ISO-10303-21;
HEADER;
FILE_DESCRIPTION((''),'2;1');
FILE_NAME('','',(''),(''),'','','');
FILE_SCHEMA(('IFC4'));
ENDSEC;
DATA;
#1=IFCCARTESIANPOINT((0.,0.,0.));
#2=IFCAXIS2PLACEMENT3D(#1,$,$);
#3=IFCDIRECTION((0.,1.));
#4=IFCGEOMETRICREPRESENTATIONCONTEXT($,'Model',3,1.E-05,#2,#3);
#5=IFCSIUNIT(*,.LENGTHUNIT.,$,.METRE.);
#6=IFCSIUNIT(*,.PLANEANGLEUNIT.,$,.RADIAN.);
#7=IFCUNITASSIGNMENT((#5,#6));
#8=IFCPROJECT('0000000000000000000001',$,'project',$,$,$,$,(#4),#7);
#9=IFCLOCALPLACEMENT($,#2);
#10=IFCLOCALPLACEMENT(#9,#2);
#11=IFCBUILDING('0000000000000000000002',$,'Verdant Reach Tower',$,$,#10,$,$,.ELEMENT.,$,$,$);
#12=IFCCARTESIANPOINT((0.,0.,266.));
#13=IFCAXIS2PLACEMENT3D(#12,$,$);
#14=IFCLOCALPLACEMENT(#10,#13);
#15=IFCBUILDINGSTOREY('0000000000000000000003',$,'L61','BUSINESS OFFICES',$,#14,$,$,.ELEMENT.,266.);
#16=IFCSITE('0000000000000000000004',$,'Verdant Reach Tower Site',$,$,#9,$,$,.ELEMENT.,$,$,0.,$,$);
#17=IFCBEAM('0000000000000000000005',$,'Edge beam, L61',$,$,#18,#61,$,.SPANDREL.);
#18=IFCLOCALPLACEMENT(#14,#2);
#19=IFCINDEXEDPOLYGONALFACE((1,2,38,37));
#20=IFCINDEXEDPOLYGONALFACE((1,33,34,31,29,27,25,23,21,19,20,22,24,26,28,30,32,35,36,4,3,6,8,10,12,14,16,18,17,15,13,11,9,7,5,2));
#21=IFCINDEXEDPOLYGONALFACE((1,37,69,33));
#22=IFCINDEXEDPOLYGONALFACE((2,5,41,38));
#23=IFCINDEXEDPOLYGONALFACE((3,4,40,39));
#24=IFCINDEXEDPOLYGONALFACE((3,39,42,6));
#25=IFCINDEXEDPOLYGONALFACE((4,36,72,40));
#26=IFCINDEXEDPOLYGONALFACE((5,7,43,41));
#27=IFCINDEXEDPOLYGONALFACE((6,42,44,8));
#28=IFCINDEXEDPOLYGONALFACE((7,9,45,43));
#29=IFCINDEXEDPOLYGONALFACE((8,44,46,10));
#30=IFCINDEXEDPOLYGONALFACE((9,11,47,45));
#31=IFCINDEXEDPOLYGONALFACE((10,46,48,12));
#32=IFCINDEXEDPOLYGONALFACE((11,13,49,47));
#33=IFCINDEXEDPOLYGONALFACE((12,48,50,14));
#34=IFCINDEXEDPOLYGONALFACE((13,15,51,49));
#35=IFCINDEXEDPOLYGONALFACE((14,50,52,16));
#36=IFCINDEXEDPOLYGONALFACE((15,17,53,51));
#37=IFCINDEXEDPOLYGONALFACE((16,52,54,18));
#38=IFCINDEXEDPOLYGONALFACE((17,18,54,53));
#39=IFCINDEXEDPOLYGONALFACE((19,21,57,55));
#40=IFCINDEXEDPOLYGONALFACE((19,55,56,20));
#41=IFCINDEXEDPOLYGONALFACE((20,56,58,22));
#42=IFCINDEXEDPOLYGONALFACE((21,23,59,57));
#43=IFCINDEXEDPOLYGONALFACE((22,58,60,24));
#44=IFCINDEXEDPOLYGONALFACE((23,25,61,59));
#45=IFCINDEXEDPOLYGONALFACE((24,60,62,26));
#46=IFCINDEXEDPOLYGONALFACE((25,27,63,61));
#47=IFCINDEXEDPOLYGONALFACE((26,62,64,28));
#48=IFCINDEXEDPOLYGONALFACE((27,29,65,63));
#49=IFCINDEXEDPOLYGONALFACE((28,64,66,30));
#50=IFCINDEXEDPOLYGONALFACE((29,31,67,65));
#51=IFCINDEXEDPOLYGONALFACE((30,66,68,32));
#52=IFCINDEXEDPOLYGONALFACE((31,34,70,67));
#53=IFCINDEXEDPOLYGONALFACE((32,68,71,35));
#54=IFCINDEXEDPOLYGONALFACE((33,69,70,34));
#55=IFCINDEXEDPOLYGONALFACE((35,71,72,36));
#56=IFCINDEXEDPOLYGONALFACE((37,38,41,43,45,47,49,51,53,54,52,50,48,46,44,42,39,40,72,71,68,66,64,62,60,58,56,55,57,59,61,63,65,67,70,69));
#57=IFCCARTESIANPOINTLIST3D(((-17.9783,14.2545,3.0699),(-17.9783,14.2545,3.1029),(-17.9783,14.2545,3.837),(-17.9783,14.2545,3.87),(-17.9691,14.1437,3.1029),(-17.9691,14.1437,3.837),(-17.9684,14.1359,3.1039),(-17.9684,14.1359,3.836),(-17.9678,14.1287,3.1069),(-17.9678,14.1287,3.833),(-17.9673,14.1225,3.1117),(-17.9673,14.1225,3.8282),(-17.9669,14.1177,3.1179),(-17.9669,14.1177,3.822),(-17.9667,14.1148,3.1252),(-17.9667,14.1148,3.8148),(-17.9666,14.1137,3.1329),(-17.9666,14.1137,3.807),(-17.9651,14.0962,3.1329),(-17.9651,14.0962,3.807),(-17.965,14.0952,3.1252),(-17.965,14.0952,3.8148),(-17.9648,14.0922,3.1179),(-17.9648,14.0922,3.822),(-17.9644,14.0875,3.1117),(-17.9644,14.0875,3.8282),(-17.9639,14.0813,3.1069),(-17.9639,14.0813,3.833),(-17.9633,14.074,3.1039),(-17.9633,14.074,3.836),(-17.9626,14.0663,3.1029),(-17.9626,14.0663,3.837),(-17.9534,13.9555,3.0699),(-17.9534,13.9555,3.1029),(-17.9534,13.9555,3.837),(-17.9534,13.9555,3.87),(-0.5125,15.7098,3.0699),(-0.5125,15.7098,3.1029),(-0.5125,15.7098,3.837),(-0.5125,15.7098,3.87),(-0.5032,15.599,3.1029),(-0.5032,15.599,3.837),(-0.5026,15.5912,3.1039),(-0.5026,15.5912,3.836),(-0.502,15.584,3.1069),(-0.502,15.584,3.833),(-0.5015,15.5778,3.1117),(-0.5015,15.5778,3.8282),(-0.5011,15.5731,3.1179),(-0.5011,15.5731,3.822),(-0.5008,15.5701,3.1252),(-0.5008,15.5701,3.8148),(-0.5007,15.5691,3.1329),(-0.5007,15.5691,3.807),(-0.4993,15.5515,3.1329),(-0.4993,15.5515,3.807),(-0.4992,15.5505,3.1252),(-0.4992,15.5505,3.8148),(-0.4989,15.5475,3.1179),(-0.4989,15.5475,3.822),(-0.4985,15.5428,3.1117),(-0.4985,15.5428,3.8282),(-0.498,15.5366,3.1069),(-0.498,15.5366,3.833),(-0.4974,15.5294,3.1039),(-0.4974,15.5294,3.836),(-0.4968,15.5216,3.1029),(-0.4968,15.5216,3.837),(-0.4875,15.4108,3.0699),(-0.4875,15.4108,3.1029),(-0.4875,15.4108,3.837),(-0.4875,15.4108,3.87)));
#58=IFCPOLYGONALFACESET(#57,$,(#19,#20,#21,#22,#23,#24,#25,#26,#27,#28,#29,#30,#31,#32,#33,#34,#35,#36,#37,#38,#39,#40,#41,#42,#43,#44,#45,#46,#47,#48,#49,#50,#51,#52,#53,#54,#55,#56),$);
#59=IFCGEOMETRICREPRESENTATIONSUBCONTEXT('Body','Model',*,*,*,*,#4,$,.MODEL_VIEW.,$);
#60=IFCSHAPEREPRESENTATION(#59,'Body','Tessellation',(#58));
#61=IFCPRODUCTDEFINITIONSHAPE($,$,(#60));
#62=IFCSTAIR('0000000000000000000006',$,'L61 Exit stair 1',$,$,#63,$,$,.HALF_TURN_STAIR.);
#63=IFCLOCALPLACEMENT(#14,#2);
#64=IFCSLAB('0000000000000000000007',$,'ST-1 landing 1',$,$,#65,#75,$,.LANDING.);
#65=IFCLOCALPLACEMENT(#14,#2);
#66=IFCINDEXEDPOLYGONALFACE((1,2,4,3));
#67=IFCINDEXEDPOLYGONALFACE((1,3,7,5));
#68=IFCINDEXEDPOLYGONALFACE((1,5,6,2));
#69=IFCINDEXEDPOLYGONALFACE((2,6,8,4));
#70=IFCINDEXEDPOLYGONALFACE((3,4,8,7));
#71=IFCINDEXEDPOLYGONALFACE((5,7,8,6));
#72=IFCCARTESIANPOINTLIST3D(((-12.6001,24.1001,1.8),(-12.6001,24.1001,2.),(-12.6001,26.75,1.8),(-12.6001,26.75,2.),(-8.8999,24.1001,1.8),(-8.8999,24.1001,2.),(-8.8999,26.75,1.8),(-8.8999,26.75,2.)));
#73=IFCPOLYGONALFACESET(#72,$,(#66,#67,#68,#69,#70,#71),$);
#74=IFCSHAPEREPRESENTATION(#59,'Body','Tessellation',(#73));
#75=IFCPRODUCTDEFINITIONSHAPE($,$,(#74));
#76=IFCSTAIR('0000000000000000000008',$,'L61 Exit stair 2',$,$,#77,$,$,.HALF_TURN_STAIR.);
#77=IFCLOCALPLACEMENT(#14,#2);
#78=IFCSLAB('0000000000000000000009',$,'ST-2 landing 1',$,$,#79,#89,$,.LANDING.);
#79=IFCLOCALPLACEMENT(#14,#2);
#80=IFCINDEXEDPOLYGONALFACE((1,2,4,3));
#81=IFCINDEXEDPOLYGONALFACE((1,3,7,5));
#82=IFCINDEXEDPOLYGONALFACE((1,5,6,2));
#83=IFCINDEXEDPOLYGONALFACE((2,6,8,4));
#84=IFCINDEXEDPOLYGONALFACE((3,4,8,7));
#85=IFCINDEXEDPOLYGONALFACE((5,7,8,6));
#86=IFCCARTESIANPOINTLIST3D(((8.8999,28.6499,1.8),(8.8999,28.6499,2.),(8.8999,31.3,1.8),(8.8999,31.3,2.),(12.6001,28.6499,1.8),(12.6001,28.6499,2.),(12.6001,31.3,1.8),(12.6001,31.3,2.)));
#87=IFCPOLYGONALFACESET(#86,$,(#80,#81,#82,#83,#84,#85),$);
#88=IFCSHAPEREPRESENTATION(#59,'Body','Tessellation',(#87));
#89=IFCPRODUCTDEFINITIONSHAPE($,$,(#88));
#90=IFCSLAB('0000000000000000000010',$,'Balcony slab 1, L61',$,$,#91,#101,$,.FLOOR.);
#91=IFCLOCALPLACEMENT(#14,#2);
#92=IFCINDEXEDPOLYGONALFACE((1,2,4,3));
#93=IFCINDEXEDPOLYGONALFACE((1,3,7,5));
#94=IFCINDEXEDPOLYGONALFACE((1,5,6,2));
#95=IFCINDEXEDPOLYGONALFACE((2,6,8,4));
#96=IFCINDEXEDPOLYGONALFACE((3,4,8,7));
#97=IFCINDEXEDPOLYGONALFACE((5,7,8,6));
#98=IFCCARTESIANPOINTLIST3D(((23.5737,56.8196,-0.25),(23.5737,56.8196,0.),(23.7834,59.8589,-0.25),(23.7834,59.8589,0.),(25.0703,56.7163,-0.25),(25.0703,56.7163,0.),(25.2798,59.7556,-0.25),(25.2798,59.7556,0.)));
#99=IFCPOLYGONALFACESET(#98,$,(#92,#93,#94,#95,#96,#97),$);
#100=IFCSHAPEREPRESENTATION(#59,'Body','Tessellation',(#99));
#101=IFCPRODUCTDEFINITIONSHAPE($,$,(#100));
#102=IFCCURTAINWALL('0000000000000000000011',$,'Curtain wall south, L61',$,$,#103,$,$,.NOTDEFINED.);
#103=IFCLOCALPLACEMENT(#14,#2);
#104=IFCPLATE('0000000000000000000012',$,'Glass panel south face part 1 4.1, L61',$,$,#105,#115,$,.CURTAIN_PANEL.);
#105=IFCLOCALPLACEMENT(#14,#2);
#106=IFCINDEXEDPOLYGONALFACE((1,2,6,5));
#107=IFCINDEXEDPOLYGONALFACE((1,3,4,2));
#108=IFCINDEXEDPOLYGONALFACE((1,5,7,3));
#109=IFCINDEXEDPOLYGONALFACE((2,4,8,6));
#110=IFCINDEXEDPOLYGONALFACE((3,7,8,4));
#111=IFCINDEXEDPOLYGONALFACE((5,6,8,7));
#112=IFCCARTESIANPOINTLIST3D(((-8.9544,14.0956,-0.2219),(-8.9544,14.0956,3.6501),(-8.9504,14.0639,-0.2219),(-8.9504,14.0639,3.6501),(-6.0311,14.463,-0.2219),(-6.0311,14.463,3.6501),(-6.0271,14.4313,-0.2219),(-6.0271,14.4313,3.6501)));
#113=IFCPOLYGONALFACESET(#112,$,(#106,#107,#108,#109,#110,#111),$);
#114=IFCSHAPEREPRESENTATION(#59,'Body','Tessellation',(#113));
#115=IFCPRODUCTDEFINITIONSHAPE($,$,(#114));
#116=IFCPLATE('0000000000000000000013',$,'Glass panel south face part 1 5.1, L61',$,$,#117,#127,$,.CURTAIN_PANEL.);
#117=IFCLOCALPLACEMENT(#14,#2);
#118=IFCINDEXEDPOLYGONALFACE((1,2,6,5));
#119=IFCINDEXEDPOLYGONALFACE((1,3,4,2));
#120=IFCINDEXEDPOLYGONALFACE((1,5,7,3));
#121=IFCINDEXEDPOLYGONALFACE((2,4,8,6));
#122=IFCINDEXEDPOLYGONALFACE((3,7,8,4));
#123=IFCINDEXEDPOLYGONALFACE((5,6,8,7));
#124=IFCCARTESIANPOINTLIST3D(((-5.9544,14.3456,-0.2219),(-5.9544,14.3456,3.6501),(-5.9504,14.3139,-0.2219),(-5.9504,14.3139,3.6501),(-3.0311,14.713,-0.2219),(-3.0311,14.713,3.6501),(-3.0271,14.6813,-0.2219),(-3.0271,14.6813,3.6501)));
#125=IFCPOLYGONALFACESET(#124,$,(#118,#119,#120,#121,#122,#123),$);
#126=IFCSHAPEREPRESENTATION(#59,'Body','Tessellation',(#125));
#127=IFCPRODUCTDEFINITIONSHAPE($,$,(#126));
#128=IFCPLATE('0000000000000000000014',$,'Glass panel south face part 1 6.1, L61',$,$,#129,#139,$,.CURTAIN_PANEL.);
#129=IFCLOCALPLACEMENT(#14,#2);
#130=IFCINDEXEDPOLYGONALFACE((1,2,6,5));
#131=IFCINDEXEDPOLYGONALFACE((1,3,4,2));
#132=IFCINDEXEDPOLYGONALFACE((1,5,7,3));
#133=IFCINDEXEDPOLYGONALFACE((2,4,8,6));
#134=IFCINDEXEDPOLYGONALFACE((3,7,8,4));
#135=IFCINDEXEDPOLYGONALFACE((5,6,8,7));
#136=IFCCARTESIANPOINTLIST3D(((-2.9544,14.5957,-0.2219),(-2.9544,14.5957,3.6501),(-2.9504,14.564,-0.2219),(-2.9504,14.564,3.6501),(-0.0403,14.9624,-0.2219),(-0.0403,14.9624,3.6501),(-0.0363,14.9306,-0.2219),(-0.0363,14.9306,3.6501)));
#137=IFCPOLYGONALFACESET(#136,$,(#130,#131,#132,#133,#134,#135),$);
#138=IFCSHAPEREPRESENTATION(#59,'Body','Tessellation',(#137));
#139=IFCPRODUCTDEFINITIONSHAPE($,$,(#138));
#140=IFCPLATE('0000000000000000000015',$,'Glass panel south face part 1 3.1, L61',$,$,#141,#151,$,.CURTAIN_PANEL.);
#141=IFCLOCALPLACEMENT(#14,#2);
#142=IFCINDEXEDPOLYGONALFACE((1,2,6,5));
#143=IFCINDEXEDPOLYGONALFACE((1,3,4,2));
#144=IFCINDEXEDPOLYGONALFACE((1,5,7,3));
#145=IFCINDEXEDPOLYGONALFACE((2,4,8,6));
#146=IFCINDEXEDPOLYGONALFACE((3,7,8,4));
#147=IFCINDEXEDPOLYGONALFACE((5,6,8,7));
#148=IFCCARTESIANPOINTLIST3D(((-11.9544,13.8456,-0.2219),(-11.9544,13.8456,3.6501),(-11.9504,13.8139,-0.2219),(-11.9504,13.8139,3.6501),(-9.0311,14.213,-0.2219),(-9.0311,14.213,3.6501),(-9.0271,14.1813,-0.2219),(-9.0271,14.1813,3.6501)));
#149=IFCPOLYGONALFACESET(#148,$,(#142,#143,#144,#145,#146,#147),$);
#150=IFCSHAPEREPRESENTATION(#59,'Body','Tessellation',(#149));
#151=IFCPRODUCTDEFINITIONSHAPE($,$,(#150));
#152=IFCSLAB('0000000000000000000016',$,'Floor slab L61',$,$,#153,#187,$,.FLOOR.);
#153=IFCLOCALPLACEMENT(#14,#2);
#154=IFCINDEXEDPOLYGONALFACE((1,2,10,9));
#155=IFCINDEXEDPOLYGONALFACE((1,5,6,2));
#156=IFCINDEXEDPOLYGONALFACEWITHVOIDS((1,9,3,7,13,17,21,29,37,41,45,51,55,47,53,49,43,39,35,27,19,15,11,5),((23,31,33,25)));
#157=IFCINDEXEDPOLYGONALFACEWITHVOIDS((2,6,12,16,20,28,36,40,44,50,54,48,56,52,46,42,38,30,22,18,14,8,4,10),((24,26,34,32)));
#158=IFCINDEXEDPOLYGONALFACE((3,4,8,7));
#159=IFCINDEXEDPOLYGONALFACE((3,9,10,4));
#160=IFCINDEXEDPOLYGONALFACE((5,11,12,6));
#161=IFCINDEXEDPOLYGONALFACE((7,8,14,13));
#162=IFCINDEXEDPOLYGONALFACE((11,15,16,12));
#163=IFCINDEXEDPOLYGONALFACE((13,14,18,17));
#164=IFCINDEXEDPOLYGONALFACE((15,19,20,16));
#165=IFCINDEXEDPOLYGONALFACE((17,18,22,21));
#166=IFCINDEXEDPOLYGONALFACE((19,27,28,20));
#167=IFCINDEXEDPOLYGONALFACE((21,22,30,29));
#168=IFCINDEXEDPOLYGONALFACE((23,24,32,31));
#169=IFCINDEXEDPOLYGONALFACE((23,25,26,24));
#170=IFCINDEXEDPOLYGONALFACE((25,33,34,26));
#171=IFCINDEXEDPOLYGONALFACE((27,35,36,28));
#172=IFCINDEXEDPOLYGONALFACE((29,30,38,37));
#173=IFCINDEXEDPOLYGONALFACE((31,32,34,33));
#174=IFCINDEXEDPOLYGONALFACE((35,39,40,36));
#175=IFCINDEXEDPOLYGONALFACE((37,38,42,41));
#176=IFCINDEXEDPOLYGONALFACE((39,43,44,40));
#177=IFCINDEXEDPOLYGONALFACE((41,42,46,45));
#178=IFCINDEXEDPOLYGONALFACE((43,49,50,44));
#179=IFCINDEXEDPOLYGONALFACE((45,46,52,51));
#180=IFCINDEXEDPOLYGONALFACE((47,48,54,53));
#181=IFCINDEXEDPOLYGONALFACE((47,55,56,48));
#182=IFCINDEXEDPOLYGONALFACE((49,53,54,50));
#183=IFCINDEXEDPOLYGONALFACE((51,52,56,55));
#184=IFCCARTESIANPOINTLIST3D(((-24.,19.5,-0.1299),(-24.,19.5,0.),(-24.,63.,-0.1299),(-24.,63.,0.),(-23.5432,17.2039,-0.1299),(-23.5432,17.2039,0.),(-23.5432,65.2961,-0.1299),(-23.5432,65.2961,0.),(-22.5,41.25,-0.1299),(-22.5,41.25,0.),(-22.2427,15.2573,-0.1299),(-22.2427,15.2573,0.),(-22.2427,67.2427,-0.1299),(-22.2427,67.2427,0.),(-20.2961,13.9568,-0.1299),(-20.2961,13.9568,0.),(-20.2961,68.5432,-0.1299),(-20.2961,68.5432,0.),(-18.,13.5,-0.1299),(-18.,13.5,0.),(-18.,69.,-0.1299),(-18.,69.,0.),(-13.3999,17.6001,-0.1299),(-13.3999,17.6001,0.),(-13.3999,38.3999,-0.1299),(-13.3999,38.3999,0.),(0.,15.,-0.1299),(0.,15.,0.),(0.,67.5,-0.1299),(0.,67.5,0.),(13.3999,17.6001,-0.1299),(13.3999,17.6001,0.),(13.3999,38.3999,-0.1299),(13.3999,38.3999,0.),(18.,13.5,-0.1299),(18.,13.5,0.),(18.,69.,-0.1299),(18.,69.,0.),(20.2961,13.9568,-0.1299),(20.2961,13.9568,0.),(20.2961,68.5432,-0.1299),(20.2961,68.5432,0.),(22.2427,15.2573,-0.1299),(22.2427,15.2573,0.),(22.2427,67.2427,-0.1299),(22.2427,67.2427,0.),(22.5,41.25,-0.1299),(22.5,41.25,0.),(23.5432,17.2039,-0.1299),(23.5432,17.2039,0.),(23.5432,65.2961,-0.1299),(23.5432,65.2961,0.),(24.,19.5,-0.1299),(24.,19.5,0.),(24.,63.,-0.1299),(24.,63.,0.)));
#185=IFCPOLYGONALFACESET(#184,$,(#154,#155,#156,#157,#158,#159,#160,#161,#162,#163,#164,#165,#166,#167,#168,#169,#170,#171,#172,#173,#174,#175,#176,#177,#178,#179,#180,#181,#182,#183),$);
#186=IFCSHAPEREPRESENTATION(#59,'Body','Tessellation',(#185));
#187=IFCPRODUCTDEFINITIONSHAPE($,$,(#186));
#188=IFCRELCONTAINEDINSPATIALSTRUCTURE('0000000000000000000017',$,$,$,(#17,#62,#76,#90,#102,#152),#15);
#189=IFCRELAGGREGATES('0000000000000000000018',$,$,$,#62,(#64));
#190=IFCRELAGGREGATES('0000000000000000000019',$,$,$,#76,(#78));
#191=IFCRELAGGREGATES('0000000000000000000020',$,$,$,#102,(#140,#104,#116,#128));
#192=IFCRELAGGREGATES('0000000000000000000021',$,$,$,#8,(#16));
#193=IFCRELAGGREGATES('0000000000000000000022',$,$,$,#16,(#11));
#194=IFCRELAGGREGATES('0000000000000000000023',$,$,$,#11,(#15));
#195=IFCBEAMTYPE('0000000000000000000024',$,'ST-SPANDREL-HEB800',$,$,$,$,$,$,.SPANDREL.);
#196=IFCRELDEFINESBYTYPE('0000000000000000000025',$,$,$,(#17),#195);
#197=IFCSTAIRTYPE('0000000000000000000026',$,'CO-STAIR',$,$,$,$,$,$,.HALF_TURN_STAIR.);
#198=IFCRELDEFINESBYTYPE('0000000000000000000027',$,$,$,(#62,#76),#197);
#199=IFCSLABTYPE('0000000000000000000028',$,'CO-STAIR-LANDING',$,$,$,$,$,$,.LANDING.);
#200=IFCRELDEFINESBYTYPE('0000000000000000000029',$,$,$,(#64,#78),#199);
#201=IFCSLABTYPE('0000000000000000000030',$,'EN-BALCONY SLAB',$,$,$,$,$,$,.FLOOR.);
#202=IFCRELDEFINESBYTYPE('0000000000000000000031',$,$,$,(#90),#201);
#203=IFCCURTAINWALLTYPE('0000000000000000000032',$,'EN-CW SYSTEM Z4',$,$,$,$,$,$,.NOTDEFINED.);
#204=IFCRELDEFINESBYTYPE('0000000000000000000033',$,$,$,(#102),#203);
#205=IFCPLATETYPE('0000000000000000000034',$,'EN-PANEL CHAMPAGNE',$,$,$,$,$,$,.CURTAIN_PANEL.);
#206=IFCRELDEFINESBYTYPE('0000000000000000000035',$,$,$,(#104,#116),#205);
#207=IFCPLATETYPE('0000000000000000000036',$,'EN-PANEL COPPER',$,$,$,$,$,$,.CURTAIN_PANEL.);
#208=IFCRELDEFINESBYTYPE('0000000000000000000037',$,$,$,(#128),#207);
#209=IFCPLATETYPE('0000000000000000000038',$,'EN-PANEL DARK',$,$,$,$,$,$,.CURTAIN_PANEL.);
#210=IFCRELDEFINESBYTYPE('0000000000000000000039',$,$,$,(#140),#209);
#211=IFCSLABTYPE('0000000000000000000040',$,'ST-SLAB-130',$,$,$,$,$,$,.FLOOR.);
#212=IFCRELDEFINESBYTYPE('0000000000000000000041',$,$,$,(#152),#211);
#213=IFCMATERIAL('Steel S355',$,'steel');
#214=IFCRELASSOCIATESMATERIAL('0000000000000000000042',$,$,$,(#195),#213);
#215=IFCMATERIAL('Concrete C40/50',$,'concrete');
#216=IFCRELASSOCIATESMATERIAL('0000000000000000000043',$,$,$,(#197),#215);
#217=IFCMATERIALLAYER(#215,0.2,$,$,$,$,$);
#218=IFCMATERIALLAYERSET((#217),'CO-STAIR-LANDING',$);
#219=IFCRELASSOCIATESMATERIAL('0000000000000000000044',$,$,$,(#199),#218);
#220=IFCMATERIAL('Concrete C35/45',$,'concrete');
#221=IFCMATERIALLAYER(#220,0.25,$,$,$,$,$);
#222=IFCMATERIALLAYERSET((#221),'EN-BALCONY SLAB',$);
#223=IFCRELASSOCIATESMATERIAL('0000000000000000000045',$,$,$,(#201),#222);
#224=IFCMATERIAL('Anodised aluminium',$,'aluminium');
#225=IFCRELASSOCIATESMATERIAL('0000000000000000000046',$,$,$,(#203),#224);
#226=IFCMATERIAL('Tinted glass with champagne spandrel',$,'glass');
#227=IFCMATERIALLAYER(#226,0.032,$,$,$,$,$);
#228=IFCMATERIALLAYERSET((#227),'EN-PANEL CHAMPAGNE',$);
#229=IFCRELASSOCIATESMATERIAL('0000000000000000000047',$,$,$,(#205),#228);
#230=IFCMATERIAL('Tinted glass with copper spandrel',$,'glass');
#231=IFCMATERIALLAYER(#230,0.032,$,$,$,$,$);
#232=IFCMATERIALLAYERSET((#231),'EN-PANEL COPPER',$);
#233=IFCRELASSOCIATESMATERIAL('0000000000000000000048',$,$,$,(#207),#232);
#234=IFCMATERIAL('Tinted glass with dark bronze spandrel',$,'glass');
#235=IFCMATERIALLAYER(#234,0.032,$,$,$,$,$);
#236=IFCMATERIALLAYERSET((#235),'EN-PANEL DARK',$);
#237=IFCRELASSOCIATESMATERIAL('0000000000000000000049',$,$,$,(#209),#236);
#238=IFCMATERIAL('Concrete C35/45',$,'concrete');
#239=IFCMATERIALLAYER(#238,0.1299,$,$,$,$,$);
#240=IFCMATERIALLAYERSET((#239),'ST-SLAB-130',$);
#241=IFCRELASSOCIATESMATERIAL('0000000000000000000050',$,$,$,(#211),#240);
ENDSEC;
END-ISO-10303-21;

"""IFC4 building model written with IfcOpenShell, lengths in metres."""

from ifc_helpers import new_model, si_unit, direction, frame, origin, origin_2d, place, context, subcontext, project, spatial, polyline, rectangle, i_section, outline, extrude, material, layer, layer_set, material_profile, profile_set, type_object, element, aggregate, save


model = new_model("IFC4")

# Units and contexts
model_context = context("Model", 3, precision=1e-05, world=origin(), true_north=direction((0.0, 1.0)))
body_context = subcontext(model_context, "Body", "Model", "MODEL_VIEW")
ifc_project = project(units=[si_unit("LENGTHUNIT", "METRE"), si_unit("PLANEANGLEUNIT", "RADIAN")], contexts=[model_context])

# Site, building, storey
site_placement = place(None, origin())
site = spatial("IfcSite", under=ifc_project, at=site_placement, Name="Verdant Reach Tower Site", CompositionType="ELEMENT", RefElevation=0.0)
building_placement = place(site_placement, origin())
building = spatial("IfcBuilding", under=site, at=building_placement, Name="Verdant Reach Tower", CompositionType="ELEMENT")
storey_placement = place(building_placement, frame((0.0, 0.0, 266.0)))
storey = spatial("IfcBuildingStorey", under=building, at=storey_placement, Name="L61", Description="BUSINESS OFFICES", CompositionType="ELEMENT", Elevation=266.0)

# Beam
ifc_material_1 = material(Name="Steel S355", Category="steel")
ifc_material_profile_1 = material_profile(ifc_material_1, i_section(OverallWidth=0.3, OverallDepth=0.8, WebThickness=0.0176, FlangeThickness=0.033, FilletRadius=0.03, at=origin_2d()), Name="HEB 800")
ifc_profile_set_1 = profile_set([ifc_material_profile_1], Name="Steel S355")
beam_type_1 = type_object("IfcBeamType", Name="ST-SPANDREL-HEB800", PredefinedType="SPANDREL", material=ifc_profile_set_1)
beam_1_placement = place(storey_placement, frame((-0.5, 15.5603, 3.47), z_axis=(-0.996547, -0.083036, 0.0), x_axis=(0.083036, -0.996547, 0.0)))
element("IfcBeam", 1, at=beam_1_placement, inside=storey, type_object=beam_type_1, Name="Edge beam, L61", PredefinedType="SPANDREL", context=body_context, shape_type="SweptSolid", body=[
    extrude(i_section(OverallWidth=0.3, OverallDepth=0.8, WebThickness=0.0176, FlangeThickness=0.033, FilletRadius=0.03, at=origin_2d()), origin(), (0.0, 0.0, 1.0), 17.5264),
])

# Stairs, slabs
ifc_material_2 = material(Name="Concrete C40/50", Category="concrete")
stair_type = type_object("IfcStairType", Name="CO-STAIR", PredefinedType="HALF_TURN_STAIR", material=ifc_material_2)
stair_1_placement = place(storey_placement, origin())
stair_1 = element("IfcStair", 2, at=stair_1_placement, inside=storey, type_object=stair_type, Name="L61 Exit stair 1", PredefinedType="HALF_TURN_STAIR")
ifc_layer_1 = layer(ifc_material_2, 0.2)
ifc_layer_set_1 = layer_set([ifc_layer_1], Name="CO-STAIR-LANDING")
slab_type_1 = type_object("IfcSlabType", Name="CO-STAIR-LANDING", PredefinedType="LANDING", material=ifc_layer_set_1)
slab_1_placement = place(storey_placement, frame((0.0, 0.0, 1.8)))
slab_1 = element("IfcSlab", 3, at=slab_1_placement, type_object=slab_type_1, Name="ST-1 landing 1", PredefinedType="LANDING", context=body_context, shape_type="SweptSolid", body=[
    extrude(outline(polyline([(-12.6001, 26.75), (-12.6001, 24.1001), (-8.8999, 24.1001), (-8.8999, 26.75), (-12.6001, 26.75)])), origin(), (0.0, 0.0, 1.0), 0.2),
])
aggregate(stair_1, [slab_1])
stair_2_placement = place(storey_placement, origin())
stair_2 = element("IfcStair", 4, at=stair_2_placement, inside=storey, type_object=stair_type, Name="L61 Exit stair 2", PredefinedType="HALF_TURN_STAIR")
slab_2_placement = place(storey_placement, frame((0.0, 0.0, 1.8)))
slab_2 = element("IfcSlab", 5, at=slab_2_placement, type_object=slab_type_1, Name="ST-2 landing 1", PredefinedType="LANDING", context=body_context, shape_type="SweptSolid", body=[
    extrude(outline(polyline([(12.6001, 28.6499), (12.6001, 31.3), (8.8999, 31.3), (8.8999, 28.6499), (12.6001, 28.6499)])), origin(), (0.0, 0.0, 1.0), 0.2),
])
aggregate(stair_2, [slab_2])

# Slab
ifc_material_3 = material(Name="Concrete C35/45", Category="concrete")
ifc_layer_2 = layer(ifc_material_3, 0.25)
ifc_layer_set_2 = layer_set([ifc_layer_2], Name="EN-BALCONY SLAB")
slab_type_2 = type_object("IfcSlabType", Name="EN-BALCONY SLAB", PredefinedType="FLOOR", material=ifc_layer_set_2)
slab_3_placement = place(storey_placement, frame((0.0, 0.0, -0.25)))
element("IfcSlab", 6, at=slab_3_placement, inside=storey, type_object=slab_type_2, Name="Balcony slab 1, L61", PredefinedType="FLOOR", context=body_context, shape_type="SweptSolid", body=[
    extrude(outline(polyline([(23.5737, 56.8196), (23.7834, 59.8589), (25.2798, 59.7556), (25.0703, 56.7163), (23.5737, 56.8196)])), origin(), (0.0, 0.0, 1.0), 0.25),
])

# Curtain wall, plates
ifc_material_4 = material(Name="Anodised aluminium", Category="aluminium")
curtain_wall_type = type_object("IfcCurtainWallType", Name="EN-CW SYSTEM Z4", PredefinedType="NOTDEFINED", material=ifc_material_4)
curtain_wall_placement = place(storey_placement, origin())
curtain_wall = element("IfcCurtainWall", 7, at=curtain_wall_placement, inside=storey, type_object=curtain_wall_type, Name="Curtain wall south, L61", PredefinedType="NOTDEFINED")
ifc_material_5 = material(Name="Tinted glass with champagne spandrel", Category="glass")
ifc_layer_3 = layer(ifc_material_5, 0.032)
ifc_layer_set_3 = layer_set([ifc_layer_3], Name="EN-PANEL CHAMPAGNE")
plate_type_1 = type_object("IfcPlateType", Name="EN-PANEL CHAMPAGNE", PredefinedType="CURTAIN_PANEL", material=ifc_layer_set_3)
plate_1_placement = place(storey_placement, frame((-7.4907, 14.2634, -0.2219), z_axis=(0.0, 0.0, 1.0), x_axis=(0.992194, 0.124704, 0.0)))
plate_1 = element("IfcPlate", 8, at=plate_1_placement, type_object=plate_type_1, Name="Glass panel south face part 1 4.1, L61", PredefinedType="CURTAIN_PANEL", context=body_context, shape_type="SweptSolid", body=[
    extrude(rectangle(XDim=2.9463, YDim=0.032, at=origin_2d()), origin(), (0.0, 0.0, 1.0), 3.8721),
])
plate_2_placement = place(storey_placement, frame((-4.4907, 14.5134, -0.2219), z_axis=(0.0, 0.0, 1.0), x_axis=(0.992194, 0.124704, 0.0)))
plate_2 = element("IfcPlate", 9, at=plate_2_placement, type_object=plate_type_1, Name="Glass panel south face part 1 5.1, L61", PredefinedType="CURTAIN_PANEL", context=body_context, shape_type="SweptSolid", body=[
    extrude(rectangle(XDim=2.9463, YDim=0.032, at=origin_2d()), origin(), (0.0, 0.0, 1.0), 3.8721),
])
ifc_material_6 = material(Name="Tinted glass with copper spandrel", Category="glass")
ifc_layer_4 = layer(ifc_material_6, 0.032)
ifc_layer_set_4 = layer_set([ifc_layer_4], Name="EN-PANEL COPPER")
plate_type_2 = type_object("IfcPlateType", Name="EN-PANEL COPPER", PredefinedType="CURTAIN_PANEL", material=ifc_layer_set_4)
plate_3_placement = place(storey_placement, frame((-1.4954, 14.7632, -0.2219), z_axis=(0.0, 0.0, 1.0), x_axis=(0.992178, 0.124832, 0.0)))
plate_3 = element("IfcPlate", 10, at=plate_3_placement, type_object=plate_type_2, Name="Glass panel south face part 1 6.1, L61", PredefinedType="CURTAIN_PANEL", context=body_context, shape_type="SweptSolid", body=[
    extrude(rectangle(XDim=2.937, YDim=0.032, at=origin_2d()), origin(), (0.0, 0.0, 1.0), 3.8721),
])
ifc_material_7 = material(Name="Tinted glass with dark bronze spandrel", Category="glass")
ifc_layer_5 = layer(ifc_material_7, 0.032)
ifc_layer_set_5 = layer_set([ifc_layer_5], Name="EN-PANEL DARK")
plate_type_3 = type_object("IfcPlateType", Name="EN-PANEL DARK", PredefinedType="CURTAIN_PANEL", material=ifc_layer_set_5)
plate_4_placement = place(storey_placement, frame((-10.4907, 14.0134, -0.2219), z_axis=(0.0, 0.0, 1.0), x_axis=(0.992194, 0.124704, 0.0)))
plate_4 = element("IfcPlate", 11, at=plate_4_placement, type_object=plate_type_3, Name="Glass panel south face part 1 3.1, L61", PredefinedType="CURTAIN_PANEL", context=body_context, shape_type="SweptSolid", body=[
    extrude(rectangle(XDim=2.9463, YDim=0.032, at=origin_2d()), origin(), (0.0, 0.0, 1.0), 3.8721),
])
aggregate(curtain_wall, [plate_4, plate_1, plate_2, plate_3])

# Slab
ifc_material_8 = material(Name="Concrete C35/45", Category="concrete")
ifc_layer_6 = layer(ifc_material_8, 0.1299)
ifc_layer_set_6 = layer_set([ifc_layer_6], Name="ST-SLAB-130")
slab_type_3 = type_object("IfcSlabType", Name="ST-SLAB-130", PredefinedType="FLOOR", material=ifc_layer_set_6)
slab_4_placement = place(storey_placement, frame((0.0, 0.0, -0.1299)))
element("IfcSlab", 12, at=slab_4_placement, inside=storey, type_object=slab_type_3, Name="Floor slab L61", PredefinedType="FLOOR", context=body_context, shape_type="SweptSolid", body=[
    extrude(outline(polyline([(0.0, 15.0), (-18.0, 13.5), (-20.2961, 13.9568), (-22.2427, 15.2573), (-23.5432, 17.2039), (-24.0, 19.5), (-22.5, 41.25), (-24.0, 63.0), (-23.5432, 65.2961), (-22.2427, 67.2427), (-20.2961, 68.5432), (-18.0, 69.0), (0.0, 67.5), (18.0, 69.0), (20.2961, 68.5432), (22.2427, 67.2427), (23.5432, 65.2961), (24.0, 63.0), (22.5, 41.25), (24.0, 19.5), (23.5432, 17.2039), (22.2427, 15.2573), (20.2961, 13.9568), (18.0, 13.5), (0.0, 15.0)]), holes=[polyline([(13.3999, 38.3999), (-13.3999, 38.3999), (-13.3999, 17.6001), (13.3999, 17.6001), (13.3999, 38.3999)])]), origin(), (0.0, 0.0, 1.0), 0.1299),
])

save(model, "model.ifc")
